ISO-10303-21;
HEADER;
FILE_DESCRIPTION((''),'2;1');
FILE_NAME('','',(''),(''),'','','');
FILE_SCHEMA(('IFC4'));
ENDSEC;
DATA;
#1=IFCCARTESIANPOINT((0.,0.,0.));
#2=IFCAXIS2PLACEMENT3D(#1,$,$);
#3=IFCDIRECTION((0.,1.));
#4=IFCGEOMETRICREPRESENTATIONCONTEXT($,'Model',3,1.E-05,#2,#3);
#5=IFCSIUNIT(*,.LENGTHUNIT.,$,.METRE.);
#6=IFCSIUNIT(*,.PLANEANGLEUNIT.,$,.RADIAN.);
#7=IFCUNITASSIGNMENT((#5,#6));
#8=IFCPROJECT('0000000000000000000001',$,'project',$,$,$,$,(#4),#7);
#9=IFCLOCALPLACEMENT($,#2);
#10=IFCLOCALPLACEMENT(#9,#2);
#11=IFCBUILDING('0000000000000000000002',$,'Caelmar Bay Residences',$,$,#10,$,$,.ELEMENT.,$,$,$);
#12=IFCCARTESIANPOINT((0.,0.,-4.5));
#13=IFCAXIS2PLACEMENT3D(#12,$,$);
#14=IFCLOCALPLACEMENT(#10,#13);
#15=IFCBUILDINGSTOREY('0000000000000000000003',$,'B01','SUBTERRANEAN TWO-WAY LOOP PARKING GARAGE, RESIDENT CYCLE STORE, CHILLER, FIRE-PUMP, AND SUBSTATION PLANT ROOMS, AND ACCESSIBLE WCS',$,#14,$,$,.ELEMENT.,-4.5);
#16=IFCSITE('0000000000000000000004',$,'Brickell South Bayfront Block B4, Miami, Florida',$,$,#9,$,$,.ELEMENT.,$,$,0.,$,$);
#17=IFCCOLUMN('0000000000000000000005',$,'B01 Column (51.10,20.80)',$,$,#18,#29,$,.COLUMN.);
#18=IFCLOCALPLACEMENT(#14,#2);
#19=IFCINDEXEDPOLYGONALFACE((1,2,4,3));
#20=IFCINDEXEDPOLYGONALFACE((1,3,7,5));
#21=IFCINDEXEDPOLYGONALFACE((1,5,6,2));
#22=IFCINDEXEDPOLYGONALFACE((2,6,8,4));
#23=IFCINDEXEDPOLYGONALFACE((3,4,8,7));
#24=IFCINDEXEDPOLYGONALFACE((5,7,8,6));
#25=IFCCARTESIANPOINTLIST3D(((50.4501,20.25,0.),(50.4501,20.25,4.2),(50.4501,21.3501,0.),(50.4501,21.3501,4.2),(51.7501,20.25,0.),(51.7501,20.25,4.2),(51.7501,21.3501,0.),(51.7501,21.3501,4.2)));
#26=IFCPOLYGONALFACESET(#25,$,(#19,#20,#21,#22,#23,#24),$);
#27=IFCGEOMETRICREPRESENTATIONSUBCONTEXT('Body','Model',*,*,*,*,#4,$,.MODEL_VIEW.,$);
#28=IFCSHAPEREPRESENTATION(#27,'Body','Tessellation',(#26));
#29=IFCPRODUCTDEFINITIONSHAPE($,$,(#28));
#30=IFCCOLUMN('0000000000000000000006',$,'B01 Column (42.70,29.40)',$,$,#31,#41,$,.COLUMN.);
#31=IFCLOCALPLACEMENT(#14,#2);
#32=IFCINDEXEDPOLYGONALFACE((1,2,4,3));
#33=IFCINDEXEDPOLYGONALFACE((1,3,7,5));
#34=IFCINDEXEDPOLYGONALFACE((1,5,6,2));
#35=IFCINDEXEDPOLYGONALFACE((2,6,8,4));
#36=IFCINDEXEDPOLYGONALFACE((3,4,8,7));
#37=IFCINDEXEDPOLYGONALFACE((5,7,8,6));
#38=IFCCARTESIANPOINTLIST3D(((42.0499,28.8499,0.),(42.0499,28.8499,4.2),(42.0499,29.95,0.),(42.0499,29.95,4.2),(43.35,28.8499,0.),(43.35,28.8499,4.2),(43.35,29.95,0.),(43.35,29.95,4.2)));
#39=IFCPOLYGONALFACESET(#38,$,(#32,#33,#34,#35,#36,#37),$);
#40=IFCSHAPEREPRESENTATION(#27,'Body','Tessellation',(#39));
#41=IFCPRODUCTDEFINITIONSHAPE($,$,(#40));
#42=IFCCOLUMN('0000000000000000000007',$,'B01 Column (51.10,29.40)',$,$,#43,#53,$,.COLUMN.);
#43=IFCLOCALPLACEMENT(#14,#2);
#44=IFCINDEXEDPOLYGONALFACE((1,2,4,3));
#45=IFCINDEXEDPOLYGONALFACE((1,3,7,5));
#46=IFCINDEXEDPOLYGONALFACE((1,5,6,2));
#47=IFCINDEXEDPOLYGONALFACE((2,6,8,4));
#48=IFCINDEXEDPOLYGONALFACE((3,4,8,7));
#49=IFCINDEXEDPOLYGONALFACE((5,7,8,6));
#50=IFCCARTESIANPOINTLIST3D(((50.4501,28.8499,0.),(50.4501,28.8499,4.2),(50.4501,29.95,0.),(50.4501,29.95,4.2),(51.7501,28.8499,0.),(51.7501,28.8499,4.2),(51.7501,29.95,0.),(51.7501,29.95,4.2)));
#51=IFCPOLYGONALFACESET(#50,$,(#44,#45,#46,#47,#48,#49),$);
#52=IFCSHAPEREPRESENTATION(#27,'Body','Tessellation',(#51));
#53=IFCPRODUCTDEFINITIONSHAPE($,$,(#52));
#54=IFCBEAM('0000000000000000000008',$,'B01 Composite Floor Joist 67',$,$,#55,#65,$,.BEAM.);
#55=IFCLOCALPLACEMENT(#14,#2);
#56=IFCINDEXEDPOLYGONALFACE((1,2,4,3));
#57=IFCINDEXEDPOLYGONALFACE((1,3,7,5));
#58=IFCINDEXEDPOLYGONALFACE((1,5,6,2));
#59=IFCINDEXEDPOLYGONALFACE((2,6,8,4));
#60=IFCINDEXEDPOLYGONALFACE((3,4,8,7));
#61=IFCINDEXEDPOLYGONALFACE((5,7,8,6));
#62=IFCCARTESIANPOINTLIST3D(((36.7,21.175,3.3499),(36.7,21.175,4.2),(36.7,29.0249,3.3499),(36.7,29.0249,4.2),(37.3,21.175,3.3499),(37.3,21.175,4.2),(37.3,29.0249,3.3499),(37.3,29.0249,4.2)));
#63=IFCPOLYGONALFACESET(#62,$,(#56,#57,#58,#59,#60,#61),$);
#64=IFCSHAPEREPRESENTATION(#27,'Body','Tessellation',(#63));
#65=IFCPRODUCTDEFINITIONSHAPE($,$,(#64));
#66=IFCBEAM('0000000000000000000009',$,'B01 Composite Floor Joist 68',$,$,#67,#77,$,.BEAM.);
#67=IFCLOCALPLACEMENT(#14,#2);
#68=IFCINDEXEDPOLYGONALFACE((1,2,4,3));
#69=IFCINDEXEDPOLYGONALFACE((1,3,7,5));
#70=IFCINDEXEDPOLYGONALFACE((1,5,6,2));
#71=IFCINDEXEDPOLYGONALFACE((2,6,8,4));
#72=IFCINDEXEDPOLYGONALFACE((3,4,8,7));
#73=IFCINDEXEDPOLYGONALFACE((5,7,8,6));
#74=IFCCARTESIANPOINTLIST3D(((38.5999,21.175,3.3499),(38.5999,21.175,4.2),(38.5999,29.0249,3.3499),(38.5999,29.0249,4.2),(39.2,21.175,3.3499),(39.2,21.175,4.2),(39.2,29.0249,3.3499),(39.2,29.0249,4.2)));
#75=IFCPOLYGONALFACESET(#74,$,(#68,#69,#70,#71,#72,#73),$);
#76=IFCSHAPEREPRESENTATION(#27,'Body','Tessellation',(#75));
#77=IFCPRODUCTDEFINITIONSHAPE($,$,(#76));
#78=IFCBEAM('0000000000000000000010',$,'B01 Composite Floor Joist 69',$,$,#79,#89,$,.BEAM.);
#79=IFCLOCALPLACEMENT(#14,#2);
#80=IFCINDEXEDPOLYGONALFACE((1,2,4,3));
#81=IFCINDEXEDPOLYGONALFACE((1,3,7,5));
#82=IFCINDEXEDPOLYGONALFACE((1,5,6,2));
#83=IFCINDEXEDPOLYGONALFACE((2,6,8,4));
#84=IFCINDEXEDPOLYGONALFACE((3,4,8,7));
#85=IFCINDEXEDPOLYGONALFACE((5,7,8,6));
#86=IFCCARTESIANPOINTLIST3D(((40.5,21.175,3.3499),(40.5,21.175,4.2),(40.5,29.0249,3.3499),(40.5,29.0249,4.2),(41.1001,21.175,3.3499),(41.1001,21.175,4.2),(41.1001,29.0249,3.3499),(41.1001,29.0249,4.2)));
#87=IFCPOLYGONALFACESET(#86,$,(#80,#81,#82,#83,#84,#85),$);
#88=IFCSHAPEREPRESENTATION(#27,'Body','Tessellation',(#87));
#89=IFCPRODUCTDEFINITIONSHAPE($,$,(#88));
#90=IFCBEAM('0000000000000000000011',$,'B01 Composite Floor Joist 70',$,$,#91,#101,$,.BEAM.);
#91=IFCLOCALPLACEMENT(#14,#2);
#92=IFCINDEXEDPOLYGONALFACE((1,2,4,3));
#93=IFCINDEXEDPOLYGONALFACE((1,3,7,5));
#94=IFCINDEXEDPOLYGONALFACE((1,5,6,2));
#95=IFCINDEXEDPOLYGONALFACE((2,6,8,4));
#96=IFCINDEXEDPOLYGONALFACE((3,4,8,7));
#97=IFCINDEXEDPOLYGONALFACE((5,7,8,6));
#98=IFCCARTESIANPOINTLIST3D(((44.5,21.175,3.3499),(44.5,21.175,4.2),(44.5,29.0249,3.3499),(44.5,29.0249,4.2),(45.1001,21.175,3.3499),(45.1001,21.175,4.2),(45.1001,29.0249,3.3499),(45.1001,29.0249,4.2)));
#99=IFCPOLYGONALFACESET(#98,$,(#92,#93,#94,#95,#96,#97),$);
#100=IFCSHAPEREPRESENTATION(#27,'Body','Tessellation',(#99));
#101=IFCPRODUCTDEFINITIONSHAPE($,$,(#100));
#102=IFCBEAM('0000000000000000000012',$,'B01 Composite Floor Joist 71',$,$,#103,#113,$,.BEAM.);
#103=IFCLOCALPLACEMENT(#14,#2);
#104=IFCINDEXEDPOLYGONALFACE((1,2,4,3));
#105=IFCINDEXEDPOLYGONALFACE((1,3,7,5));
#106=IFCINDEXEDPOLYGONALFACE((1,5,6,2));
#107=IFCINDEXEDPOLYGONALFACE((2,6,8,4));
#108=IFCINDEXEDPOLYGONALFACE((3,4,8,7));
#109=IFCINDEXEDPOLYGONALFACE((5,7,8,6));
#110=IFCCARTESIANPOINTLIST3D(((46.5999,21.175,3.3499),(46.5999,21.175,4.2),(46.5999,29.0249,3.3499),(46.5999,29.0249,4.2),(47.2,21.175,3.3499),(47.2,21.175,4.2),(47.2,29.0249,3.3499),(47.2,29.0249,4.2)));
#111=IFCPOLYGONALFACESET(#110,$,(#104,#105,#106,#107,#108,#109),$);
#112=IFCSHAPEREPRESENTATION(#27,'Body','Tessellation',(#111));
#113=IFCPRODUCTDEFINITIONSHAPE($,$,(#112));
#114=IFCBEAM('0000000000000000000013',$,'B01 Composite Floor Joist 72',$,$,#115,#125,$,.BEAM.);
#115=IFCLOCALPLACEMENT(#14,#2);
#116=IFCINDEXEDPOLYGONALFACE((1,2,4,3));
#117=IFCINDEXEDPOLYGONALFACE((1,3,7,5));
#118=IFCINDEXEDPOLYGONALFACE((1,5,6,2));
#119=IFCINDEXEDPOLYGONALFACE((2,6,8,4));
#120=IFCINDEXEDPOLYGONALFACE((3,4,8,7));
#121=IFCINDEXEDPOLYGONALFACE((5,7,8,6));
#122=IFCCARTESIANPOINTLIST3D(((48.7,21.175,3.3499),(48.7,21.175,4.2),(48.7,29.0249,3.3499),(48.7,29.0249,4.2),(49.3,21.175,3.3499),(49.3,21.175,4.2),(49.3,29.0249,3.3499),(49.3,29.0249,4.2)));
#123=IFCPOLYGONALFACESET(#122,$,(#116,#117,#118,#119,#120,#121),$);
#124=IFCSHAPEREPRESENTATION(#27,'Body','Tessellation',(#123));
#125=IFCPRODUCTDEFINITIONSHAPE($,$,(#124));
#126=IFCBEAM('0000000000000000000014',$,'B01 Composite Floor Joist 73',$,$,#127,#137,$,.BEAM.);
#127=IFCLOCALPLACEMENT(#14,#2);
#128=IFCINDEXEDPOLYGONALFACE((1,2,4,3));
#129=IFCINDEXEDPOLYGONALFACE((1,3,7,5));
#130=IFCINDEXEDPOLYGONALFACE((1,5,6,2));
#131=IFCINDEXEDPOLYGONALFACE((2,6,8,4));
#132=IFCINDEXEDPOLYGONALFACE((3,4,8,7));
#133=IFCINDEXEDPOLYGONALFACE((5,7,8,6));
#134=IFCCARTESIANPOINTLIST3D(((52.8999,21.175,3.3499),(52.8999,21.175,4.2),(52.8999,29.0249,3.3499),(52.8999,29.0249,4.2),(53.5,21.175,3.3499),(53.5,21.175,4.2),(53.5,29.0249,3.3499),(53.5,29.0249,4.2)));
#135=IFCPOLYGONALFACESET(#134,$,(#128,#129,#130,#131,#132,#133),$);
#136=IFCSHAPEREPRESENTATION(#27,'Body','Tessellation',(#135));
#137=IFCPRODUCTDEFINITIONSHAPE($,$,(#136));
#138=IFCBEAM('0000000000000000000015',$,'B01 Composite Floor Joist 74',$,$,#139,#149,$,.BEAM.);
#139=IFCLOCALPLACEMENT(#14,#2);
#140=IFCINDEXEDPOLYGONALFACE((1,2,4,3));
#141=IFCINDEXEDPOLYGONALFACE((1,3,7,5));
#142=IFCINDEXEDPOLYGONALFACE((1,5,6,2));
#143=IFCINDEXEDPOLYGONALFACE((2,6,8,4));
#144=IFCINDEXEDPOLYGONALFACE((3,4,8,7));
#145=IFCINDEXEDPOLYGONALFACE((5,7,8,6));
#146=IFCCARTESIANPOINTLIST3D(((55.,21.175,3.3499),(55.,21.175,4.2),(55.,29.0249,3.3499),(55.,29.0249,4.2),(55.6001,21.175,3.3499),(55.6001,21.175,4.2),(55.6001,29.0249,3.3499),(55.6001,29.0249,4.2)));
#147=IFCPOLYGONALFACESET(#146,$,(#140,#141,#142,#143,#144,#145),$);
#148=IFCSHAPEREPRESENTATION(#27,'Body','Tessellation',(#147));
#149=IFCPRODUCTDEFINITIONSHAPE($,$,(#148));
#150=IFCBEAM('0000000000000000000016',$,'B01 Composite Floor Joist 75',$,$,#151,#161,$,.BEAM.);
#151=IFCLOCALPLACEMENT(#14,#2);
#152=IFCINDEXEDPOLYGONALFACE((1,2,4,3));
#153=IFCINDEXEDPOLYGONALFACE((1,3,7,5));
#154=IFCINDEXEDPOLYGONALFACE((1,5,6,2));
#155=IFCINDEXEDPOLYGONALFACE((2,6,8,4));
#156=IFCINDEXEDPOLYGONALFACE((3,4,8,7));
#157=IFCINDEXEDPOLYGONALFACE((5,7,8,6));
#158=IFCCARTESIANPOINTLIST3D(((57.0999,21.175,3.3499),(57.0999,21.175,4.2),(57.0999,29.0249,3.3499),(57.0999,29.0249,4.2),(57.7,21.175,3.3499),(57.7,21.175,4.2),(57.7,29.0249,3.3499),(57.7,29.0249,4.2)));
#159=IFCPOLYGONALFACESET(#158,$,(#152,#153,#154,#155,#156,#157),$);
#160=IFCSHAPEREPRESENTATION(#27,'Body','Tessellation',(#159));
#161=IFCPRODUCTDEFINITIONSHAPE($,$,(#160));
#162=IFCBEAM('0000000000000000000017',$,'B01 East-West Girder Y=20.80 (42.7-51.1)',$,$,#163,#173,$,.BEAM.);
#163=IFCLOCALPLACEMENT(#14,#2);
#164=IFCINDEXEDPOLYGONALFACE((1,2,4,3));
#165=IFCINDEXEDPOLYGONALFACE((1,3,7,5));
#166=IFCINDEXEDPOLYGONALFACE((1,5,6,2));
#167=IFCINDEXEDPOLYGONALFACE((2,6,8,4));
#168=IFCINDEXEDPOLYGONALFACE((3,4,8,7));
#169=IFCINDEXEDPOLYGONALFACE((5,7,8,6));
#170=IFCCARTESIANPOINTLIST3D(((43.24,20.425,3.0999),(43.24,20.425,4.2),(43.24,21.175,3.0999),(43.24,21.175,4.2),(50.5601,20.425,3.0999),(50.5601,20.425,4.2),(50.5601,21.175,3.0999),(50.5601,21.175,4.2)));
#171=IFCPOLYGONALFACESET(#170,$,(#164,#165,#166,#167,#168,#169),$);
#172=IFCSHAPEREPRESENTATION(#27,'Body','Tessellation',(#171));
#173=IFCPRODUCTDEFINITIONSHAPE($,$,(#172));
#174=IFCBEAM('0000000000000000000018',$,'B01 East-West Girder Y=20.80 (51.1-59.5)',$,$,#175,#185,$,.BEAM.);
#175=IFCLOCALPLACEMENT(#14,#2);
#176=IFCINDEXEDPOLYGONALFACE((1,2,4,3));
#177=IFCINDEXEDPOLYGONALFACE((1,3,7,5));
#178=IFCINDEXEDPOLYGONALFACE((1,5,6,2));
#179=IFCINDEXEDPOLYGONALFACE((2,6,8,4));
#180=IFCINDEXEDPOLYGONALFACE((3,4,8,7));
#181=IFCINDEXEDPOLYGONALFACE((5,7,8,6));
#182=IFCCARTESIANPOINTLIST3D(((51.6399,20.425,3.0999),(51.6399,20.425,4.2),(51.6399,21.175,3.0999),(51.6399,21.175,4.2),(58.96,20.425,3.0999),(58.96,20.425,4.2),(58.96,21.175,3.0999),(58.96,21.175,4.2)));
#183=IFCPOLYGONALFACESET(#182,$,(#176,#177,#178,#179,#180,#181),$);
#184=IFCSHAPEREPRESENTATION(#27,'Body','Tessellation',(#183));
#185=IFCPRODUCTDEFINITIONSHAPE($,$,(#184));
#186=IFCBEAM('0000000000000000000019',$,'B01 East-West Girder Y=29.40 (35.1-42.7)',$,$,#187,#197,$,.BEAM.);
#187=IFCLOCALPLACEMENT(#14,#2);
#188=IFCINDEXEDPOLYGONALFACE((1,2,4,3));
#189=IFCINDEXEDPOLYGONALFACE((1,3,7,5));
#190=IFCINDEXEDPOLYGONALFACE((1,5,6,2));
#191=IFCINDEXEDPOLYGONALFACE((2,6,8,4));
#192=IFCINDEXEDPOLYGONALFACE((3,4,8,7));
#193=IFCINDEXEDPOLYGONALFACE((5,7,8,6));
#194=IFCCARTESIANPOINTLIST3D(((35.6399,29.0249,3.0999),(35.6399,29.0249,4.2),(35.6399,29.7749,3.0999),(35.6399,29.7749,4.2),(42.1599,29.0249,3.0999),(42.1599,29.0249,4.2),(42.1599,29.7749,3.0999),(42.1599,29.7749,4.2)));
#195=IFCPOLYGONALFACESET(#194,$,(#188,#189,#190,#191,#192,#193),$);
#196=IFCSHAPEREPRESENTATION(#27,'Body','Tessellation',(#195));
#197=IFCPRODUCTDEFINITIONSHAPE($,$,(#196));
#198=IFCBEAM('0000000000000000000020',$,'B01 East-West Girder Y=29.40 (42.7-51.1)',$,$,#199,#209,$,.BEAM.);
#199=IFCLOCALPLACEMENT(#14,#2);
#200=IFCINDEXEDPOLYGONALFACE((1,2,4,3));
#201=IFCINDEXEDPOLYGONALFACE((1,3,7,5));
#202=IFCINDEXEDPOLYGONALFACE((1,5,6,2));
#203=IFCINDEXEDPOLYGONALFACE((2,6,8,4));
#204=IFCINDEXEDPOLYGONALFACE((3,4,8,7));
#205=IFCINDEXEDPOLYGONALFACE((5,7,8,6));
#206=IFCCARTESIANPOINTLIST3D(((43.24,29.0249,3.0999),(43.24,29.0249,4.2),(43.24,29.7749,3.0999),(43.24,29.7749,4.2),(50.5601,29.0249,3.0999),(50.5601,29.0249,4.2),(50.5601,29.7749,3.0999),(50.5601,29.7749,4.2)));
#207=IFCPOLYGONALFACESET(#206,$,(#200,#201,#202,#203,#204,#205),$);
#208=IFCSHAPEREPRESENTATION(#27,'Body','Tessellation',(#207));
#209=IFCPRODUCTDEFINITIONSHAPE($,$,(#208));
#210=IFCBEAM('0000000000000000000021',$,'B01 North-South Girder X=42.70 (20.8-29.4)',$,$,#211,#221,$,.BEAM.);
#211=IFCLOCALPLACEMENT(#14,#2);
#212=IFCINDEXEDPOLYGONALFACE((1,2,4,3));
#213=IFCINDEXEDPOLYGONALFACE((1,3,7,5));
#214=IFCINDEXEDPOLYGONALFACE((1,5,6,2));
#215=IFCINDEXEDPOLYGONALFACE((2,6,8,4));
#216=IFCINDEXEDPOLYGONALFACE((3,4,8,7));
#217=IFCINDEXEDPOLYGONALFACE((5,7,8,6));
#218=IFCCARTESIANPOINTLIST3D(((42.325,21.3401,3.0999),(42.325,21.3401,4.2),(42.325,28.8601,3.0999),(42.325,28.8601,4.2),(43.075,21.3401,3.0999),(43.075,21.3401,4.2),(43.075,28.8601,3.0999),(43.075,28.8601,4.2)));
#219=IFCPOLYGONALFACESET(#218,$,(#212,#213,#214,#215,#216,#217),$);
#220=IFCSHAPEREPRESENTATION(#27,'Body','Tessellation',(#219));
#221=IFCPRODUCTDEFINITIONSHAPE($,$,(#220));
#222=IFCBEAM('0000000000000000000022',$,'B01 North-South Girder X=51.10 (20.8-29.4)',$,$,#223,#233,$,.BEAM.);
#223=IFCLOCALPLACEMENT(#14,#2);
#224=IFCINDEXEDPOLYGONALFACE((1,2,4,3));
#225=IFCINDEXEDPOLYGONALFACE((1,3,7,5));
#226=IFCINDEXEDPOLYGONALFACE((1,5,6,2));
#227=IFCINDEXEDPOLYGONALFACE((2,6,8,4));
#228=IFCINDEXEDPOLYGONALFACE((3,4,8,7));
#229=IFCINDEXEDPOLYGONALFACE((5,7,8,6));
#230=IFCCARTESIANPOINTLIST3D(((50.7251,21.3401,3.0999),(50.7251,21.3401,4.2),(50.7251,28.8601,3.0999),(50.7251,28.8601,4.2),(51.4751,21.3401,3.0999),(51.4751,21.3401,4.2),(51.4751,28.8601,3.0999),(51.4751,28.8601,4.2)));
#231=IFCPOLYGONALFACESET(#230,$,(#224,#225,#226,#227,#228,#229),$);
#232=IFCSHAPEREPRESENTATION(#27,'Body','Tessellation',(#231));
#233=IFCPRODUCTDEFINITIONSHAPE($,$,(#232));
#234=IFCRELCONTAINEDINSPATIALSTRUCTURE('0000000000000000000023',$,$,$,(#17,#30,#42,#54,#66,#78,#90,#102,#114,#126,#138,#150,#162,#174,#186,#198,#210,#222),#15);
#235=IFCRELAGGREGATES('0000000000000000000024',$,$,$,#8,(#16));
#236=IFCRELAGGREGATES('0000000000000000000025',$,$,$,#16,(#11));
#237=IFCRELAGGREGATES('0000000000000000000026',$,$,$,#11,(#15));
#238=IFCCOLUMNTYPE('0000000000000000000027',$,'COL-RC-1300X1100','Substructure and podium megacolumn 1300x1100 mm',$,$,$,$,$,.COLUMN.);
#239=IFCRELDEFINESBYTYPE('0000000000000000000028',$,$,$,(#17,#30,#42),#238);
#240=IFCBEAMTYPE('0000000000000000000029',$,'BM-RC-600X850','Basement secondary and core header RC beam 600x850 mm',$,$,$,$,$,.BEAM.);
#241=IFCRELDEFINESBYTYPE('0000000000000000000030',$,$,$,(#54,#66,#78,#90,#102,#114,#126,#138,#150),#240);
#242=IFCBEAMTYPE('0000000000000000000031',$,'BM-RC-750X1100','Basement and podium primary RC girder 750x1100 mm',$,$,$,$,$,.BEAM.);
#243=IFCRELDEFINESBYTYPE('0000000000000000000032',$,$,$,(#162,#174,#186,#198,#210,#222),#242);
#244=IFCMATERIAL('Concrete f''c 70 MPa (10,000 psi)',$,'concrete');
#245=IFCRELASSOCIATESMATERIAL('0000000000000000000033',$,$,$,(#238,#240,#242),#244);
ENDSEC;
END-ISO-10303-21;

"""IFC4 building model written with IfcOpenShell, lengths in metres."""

from ifc_helpers import new_model, si_unit, direction, frame, origin, origin_2d, place, context, subcontext, project, spatial, rectangle, extrude, material, material_profile, profile_set, type_object, element, save


model = new_model("IFC4")

# Units and contexts
model_context = context("Model", 3, precision=1e-05, world=origin(), true_north=direction((0.0, 1.0)))
body_context = subcontext(model_context, "Body", "Model", "MODEL_VIEW")
ifc_project = project(units=[si_unit("LENGTHUNIT", "METRE"), si_unit("PLANEANGLEUNIT", "RADIAN")], contexts=[model_context])

# Site, building, storey
site_placement = place(None, origin())
site = spatial("IfcSite", under=ifc_project, at=site_placement, Name="Brickell South Bayfront Block B4, Miami, Florida", CompositionType="ELEMENT", RefElevation=0.0)
building_placement = place(site_placement, origin())
building = spatial("IfcBuilding", under=site, at=building_placement, Name="Caelmar Bay Residences", CompositionType="ELEMENT")
storey_placement = place(building_placement, frame((0.0, 0.0, -4.5)))
storey = spatial("IfcBuildingStorey", under=building, at=storey_placement, Name="B01", Description="SUBTERRANEAN TWO-WAY LOOP PARKING GARAGE, RESIDENT CYCLE STORE, CHILLER, FIRE-PUMP, AND SUBSTATION PLANT ROOMS, AND ACCESSIBLE WCS", CompositionType="ELEMENT", Elevation=-4.5)

# Columns
ifc_material_1 = material(Name="Concrete f'c 70 MPa (10,000 psi)", Category="concrete")
ifc_material_profile_1 = material_profile(ifc_material_1, rectangle(XDim=1.3, YDim=1.1001, at=origin_2d()), Name="RC-COL-1300X1100")
ifc_profile_set_1 = profile_set([ifc_material_profile_1], Name="Concrete f'c 70 MPa (10,000 psi)")
column_type = type_object("IfcColumnType", Name="COL-RC-1300X1100", Description="Substructure and podium megacolumn 1300x1100 mm", PredefinedType="COLUMN", material=ifc_profile_set_1)
for number, where, z_axis, x_axis, name in (
    (1, (51.1001, 20.8, 0.0), (0.0, 0.0, 1.0), (1.0, 0.0, 0.0), "B01 Column (51.10,20.80)"),
    (2, (42.7, 29.3999, 0.0), (0.0, 0.0, 1.0), (1.0, 0.0, 0.0), "B01 Column (42.70,29.40)"),
    (3, (51.1001, 29.3999, 0.0), (0.0, 0.0, 1.0), (1.0, 0.0, 0.0), "B01 Column (51.10,29.40)"),
):
    element("IfcColumn", number, at=place(storey_placement, frame(where, z_axis=z_axis, x_axis=x_axis)), inside=storey, type_object=column_type, Name=name, PredefinedType="COLUMN", context=body_context, shape_type="SweptSolid", body=[
        extrude(rectangle(XDim=1.3, YDim=1.1001, at=origin_2d()), origin(), (0.0, 0.0, 1.0), 4.2),
    ])

# Beams
ifc_material_profile_2 = material_profile(ifc_material_1, rectangle(XDim=0.6001, YDim=0.8501, at=origin_2d()), Name="RC-BM-600X850")
ifc_profile_set_2 = profile_set([ifc_material_profile_2], Name="Concrete f'c 70 MPa (10,000 psi)")
beam_type_1 = type_object("IfcBeamType", Name="BM-RC-600X850", Description="Basement secondary and core header RC beam 600x850 mm", PredefinedType="BEAM", material=ifc_profile_set_2)
for number, where, z_axis, x_axis, name in (
    (4, (37.0, 21.175, 3.7749), (0.0, 1.0, 0.0), (-1.0, 0.0, 0.0), "B01 Composite Floor Joist 67"),
    (5, (38.8999, 21.175, 3.7749), (0.0, 1.0, 0.0), (-1.0, 0.0, 0.0), "B01 Composite Floor Joist 68"),
    (6, (40.8, 21.175, 3.7749), (0.0, 1.0, 0.0), (-1.0, 0.0, 0.0), "B01 Composite Floor Joist 69"),
    (7, (44.8, 21.175, 3.7749), (0.0, 1.0, 0.0), (-1.0, 0.0, 0.0), "B01 Composite Floor Joist 70"),
    (8, (46.8999, 21.175, 3.7749), (0.0, 1.0, 0.0), (-1.0, 0.0, 0.0), "B01 Composite Floor Joist 71"),
    (9, (49.0, 21.175, 3.7749), (0.0, 1.0, 0.0), (-1.0, 0.0, 0.0), "B01 Composite Floor Joist 72"),
    (10, (53.2, 21.175, 3.7749), (0.0, 1.0, 0.0), (-1.0, 0.0, 0.0), "B01 Composite Floor Joist 73"),
    (11, (55.3, 21.175, 3.7749), (0.0, 1.0, 0.0), (-1.0, 0.0, 0.0), "B01 Composite Floor Joist 74"),
    (12, (57.3999, 21.175, 3.7749), (0.0, 1.0, 0.0), (-1.0, 0.0, 0.0), "B01 Composite Floor Joist 75"),
):
    element("IfcBeam", number, at=place(storey_placement, frame(where, z_axis=z_axis, x_axis=x_axis)), inside=storey, type_object=beam_type_1, Name=name, PredefinedType="BEAM", context=body_context, shape_type="SweptSolid", body=[
        extrude(rectangle(XDim=0.6001, YDim=0.8501, at=origin_2d()), origin(), (0.0, 0.0, 1.0), 7.8499),
    ])
ifc_material_profile_3 = material_profile(ifc_material_1, rectangle(XDim=0.75, YDim=1.1001, at=origin_2d()), Name="RC-BM-750X1100")
ifc_profile_set_3 = profile_set([ifc_material_profile_3], Name="Concrete f'c 70 MPa (10,000 psi)")
beam_type_2 = type_object("IfcBeamType", Name="BM-RC-750X1100", Description="Basement and podium primary RC girder 750x1100 mm", PredefinedType="BEAM", material=ifc_profile_set_3)
for number, where, z_axis, x_axis, name in (
    (13, (43.24, 20.8, 3.6499), (1.0, 0.0, 0.0), (0.0, 1.0, 0.0), "B01 East-West Girder Y=20.80 (42.7-51.1)"),
    (14, (51.6399, 20.8, 3.6499), (1.0, 0.0, 0.0), (0.0, 1.0, 0.0), "B01 East-West Girder Y=20.80 (51.1-59.5)"),
):
    element("IfcBeam", number, at=place(storey_placement, frame(where, z_axis=z_axis, x_axis=x_axis)), inside=storey, type_object=beam_type_2, Name=name, PredefinedType="BEAM", context=body_context, shape_type="SweptSolid", body=[
        extrude(rectangle(XDim=0.75, YDim=1.1001, at=origin_2d()), origin(), (0.0, 0.0, 1.0), 7.3201),
    ])
beam_1_placement = place(storey_placement, frame((35.6399, 29.3999, 3.6499), z_axis=(1.0, 0.0, 0.0), x_axis=(0.0, 1.0, 0.0)))
element("IfcBeam", 15, at=beam_1_placement, inside=storey, type_object=beam_type_2, Name="B01 East-West Girder Y=29.40 (35.1-42.7)", PredefinedType="BEAM", context=body_context, shape_type="SweptSolid", body=[
    extrude(rectangle(XDim=0.75, YDim=1.1001, at=origin_2d()), origin(), (0.0, 0.0, 1.0), 6.52),
])
beam_2_placement = place(storey_placement, frame((43.24, 29.3999, 3.6499), z_axis=(1.0, 0.0, 0.0), x_axis=(0.0, 1.0, 0.0)))
element("IfcBeam", 16, at=beam_2_placement, inside=storey, type_object=beam_type_2, Name="B01 East-West Girder Y=29.40 (42.7-51.1)", PredefinedType="BEAM", context=body_context, shape_type="SweptSolid", body=[
    extrude(rectangle(XDim=0.75, YDim=1.1001, at=origin_2d()), origin(), (0.0, 0.0, 1.0), 7.3201),
])
for number, where, z_axis, x_axis, name in (
    (17, (42.7, 21.3401, 3.6499), (0.0, 1.0, 0.0), (-1.0, 0.0, 0.0), "B01 North-South Girder X=42.70 (20.8-29.4)"),
    (18, (51.1001, 21.3401, 3.6499), (0.0, 1.0, 0.0), (-1.0, 0.0, 0.0), "B01 North-South Girder X=51.10 (20.8-29.4)"),
):
    element("IfcBeam", number, at=place(storey_placement, frame(where, z_axis=z_axis, x_axis=x_axis)), inside=storey, type_object=beam_type_2, Name=name, PredefinedType="BEAM", context=body_context, shape_type="SweptSolid", body=[
        extrude(rectangle(XDim=0.75, YDim=1.1001, at=origin_2d()), origin(), (0.0, 0.0, 1.0), 7.52),
    ])

save(model, "model.ifc")
